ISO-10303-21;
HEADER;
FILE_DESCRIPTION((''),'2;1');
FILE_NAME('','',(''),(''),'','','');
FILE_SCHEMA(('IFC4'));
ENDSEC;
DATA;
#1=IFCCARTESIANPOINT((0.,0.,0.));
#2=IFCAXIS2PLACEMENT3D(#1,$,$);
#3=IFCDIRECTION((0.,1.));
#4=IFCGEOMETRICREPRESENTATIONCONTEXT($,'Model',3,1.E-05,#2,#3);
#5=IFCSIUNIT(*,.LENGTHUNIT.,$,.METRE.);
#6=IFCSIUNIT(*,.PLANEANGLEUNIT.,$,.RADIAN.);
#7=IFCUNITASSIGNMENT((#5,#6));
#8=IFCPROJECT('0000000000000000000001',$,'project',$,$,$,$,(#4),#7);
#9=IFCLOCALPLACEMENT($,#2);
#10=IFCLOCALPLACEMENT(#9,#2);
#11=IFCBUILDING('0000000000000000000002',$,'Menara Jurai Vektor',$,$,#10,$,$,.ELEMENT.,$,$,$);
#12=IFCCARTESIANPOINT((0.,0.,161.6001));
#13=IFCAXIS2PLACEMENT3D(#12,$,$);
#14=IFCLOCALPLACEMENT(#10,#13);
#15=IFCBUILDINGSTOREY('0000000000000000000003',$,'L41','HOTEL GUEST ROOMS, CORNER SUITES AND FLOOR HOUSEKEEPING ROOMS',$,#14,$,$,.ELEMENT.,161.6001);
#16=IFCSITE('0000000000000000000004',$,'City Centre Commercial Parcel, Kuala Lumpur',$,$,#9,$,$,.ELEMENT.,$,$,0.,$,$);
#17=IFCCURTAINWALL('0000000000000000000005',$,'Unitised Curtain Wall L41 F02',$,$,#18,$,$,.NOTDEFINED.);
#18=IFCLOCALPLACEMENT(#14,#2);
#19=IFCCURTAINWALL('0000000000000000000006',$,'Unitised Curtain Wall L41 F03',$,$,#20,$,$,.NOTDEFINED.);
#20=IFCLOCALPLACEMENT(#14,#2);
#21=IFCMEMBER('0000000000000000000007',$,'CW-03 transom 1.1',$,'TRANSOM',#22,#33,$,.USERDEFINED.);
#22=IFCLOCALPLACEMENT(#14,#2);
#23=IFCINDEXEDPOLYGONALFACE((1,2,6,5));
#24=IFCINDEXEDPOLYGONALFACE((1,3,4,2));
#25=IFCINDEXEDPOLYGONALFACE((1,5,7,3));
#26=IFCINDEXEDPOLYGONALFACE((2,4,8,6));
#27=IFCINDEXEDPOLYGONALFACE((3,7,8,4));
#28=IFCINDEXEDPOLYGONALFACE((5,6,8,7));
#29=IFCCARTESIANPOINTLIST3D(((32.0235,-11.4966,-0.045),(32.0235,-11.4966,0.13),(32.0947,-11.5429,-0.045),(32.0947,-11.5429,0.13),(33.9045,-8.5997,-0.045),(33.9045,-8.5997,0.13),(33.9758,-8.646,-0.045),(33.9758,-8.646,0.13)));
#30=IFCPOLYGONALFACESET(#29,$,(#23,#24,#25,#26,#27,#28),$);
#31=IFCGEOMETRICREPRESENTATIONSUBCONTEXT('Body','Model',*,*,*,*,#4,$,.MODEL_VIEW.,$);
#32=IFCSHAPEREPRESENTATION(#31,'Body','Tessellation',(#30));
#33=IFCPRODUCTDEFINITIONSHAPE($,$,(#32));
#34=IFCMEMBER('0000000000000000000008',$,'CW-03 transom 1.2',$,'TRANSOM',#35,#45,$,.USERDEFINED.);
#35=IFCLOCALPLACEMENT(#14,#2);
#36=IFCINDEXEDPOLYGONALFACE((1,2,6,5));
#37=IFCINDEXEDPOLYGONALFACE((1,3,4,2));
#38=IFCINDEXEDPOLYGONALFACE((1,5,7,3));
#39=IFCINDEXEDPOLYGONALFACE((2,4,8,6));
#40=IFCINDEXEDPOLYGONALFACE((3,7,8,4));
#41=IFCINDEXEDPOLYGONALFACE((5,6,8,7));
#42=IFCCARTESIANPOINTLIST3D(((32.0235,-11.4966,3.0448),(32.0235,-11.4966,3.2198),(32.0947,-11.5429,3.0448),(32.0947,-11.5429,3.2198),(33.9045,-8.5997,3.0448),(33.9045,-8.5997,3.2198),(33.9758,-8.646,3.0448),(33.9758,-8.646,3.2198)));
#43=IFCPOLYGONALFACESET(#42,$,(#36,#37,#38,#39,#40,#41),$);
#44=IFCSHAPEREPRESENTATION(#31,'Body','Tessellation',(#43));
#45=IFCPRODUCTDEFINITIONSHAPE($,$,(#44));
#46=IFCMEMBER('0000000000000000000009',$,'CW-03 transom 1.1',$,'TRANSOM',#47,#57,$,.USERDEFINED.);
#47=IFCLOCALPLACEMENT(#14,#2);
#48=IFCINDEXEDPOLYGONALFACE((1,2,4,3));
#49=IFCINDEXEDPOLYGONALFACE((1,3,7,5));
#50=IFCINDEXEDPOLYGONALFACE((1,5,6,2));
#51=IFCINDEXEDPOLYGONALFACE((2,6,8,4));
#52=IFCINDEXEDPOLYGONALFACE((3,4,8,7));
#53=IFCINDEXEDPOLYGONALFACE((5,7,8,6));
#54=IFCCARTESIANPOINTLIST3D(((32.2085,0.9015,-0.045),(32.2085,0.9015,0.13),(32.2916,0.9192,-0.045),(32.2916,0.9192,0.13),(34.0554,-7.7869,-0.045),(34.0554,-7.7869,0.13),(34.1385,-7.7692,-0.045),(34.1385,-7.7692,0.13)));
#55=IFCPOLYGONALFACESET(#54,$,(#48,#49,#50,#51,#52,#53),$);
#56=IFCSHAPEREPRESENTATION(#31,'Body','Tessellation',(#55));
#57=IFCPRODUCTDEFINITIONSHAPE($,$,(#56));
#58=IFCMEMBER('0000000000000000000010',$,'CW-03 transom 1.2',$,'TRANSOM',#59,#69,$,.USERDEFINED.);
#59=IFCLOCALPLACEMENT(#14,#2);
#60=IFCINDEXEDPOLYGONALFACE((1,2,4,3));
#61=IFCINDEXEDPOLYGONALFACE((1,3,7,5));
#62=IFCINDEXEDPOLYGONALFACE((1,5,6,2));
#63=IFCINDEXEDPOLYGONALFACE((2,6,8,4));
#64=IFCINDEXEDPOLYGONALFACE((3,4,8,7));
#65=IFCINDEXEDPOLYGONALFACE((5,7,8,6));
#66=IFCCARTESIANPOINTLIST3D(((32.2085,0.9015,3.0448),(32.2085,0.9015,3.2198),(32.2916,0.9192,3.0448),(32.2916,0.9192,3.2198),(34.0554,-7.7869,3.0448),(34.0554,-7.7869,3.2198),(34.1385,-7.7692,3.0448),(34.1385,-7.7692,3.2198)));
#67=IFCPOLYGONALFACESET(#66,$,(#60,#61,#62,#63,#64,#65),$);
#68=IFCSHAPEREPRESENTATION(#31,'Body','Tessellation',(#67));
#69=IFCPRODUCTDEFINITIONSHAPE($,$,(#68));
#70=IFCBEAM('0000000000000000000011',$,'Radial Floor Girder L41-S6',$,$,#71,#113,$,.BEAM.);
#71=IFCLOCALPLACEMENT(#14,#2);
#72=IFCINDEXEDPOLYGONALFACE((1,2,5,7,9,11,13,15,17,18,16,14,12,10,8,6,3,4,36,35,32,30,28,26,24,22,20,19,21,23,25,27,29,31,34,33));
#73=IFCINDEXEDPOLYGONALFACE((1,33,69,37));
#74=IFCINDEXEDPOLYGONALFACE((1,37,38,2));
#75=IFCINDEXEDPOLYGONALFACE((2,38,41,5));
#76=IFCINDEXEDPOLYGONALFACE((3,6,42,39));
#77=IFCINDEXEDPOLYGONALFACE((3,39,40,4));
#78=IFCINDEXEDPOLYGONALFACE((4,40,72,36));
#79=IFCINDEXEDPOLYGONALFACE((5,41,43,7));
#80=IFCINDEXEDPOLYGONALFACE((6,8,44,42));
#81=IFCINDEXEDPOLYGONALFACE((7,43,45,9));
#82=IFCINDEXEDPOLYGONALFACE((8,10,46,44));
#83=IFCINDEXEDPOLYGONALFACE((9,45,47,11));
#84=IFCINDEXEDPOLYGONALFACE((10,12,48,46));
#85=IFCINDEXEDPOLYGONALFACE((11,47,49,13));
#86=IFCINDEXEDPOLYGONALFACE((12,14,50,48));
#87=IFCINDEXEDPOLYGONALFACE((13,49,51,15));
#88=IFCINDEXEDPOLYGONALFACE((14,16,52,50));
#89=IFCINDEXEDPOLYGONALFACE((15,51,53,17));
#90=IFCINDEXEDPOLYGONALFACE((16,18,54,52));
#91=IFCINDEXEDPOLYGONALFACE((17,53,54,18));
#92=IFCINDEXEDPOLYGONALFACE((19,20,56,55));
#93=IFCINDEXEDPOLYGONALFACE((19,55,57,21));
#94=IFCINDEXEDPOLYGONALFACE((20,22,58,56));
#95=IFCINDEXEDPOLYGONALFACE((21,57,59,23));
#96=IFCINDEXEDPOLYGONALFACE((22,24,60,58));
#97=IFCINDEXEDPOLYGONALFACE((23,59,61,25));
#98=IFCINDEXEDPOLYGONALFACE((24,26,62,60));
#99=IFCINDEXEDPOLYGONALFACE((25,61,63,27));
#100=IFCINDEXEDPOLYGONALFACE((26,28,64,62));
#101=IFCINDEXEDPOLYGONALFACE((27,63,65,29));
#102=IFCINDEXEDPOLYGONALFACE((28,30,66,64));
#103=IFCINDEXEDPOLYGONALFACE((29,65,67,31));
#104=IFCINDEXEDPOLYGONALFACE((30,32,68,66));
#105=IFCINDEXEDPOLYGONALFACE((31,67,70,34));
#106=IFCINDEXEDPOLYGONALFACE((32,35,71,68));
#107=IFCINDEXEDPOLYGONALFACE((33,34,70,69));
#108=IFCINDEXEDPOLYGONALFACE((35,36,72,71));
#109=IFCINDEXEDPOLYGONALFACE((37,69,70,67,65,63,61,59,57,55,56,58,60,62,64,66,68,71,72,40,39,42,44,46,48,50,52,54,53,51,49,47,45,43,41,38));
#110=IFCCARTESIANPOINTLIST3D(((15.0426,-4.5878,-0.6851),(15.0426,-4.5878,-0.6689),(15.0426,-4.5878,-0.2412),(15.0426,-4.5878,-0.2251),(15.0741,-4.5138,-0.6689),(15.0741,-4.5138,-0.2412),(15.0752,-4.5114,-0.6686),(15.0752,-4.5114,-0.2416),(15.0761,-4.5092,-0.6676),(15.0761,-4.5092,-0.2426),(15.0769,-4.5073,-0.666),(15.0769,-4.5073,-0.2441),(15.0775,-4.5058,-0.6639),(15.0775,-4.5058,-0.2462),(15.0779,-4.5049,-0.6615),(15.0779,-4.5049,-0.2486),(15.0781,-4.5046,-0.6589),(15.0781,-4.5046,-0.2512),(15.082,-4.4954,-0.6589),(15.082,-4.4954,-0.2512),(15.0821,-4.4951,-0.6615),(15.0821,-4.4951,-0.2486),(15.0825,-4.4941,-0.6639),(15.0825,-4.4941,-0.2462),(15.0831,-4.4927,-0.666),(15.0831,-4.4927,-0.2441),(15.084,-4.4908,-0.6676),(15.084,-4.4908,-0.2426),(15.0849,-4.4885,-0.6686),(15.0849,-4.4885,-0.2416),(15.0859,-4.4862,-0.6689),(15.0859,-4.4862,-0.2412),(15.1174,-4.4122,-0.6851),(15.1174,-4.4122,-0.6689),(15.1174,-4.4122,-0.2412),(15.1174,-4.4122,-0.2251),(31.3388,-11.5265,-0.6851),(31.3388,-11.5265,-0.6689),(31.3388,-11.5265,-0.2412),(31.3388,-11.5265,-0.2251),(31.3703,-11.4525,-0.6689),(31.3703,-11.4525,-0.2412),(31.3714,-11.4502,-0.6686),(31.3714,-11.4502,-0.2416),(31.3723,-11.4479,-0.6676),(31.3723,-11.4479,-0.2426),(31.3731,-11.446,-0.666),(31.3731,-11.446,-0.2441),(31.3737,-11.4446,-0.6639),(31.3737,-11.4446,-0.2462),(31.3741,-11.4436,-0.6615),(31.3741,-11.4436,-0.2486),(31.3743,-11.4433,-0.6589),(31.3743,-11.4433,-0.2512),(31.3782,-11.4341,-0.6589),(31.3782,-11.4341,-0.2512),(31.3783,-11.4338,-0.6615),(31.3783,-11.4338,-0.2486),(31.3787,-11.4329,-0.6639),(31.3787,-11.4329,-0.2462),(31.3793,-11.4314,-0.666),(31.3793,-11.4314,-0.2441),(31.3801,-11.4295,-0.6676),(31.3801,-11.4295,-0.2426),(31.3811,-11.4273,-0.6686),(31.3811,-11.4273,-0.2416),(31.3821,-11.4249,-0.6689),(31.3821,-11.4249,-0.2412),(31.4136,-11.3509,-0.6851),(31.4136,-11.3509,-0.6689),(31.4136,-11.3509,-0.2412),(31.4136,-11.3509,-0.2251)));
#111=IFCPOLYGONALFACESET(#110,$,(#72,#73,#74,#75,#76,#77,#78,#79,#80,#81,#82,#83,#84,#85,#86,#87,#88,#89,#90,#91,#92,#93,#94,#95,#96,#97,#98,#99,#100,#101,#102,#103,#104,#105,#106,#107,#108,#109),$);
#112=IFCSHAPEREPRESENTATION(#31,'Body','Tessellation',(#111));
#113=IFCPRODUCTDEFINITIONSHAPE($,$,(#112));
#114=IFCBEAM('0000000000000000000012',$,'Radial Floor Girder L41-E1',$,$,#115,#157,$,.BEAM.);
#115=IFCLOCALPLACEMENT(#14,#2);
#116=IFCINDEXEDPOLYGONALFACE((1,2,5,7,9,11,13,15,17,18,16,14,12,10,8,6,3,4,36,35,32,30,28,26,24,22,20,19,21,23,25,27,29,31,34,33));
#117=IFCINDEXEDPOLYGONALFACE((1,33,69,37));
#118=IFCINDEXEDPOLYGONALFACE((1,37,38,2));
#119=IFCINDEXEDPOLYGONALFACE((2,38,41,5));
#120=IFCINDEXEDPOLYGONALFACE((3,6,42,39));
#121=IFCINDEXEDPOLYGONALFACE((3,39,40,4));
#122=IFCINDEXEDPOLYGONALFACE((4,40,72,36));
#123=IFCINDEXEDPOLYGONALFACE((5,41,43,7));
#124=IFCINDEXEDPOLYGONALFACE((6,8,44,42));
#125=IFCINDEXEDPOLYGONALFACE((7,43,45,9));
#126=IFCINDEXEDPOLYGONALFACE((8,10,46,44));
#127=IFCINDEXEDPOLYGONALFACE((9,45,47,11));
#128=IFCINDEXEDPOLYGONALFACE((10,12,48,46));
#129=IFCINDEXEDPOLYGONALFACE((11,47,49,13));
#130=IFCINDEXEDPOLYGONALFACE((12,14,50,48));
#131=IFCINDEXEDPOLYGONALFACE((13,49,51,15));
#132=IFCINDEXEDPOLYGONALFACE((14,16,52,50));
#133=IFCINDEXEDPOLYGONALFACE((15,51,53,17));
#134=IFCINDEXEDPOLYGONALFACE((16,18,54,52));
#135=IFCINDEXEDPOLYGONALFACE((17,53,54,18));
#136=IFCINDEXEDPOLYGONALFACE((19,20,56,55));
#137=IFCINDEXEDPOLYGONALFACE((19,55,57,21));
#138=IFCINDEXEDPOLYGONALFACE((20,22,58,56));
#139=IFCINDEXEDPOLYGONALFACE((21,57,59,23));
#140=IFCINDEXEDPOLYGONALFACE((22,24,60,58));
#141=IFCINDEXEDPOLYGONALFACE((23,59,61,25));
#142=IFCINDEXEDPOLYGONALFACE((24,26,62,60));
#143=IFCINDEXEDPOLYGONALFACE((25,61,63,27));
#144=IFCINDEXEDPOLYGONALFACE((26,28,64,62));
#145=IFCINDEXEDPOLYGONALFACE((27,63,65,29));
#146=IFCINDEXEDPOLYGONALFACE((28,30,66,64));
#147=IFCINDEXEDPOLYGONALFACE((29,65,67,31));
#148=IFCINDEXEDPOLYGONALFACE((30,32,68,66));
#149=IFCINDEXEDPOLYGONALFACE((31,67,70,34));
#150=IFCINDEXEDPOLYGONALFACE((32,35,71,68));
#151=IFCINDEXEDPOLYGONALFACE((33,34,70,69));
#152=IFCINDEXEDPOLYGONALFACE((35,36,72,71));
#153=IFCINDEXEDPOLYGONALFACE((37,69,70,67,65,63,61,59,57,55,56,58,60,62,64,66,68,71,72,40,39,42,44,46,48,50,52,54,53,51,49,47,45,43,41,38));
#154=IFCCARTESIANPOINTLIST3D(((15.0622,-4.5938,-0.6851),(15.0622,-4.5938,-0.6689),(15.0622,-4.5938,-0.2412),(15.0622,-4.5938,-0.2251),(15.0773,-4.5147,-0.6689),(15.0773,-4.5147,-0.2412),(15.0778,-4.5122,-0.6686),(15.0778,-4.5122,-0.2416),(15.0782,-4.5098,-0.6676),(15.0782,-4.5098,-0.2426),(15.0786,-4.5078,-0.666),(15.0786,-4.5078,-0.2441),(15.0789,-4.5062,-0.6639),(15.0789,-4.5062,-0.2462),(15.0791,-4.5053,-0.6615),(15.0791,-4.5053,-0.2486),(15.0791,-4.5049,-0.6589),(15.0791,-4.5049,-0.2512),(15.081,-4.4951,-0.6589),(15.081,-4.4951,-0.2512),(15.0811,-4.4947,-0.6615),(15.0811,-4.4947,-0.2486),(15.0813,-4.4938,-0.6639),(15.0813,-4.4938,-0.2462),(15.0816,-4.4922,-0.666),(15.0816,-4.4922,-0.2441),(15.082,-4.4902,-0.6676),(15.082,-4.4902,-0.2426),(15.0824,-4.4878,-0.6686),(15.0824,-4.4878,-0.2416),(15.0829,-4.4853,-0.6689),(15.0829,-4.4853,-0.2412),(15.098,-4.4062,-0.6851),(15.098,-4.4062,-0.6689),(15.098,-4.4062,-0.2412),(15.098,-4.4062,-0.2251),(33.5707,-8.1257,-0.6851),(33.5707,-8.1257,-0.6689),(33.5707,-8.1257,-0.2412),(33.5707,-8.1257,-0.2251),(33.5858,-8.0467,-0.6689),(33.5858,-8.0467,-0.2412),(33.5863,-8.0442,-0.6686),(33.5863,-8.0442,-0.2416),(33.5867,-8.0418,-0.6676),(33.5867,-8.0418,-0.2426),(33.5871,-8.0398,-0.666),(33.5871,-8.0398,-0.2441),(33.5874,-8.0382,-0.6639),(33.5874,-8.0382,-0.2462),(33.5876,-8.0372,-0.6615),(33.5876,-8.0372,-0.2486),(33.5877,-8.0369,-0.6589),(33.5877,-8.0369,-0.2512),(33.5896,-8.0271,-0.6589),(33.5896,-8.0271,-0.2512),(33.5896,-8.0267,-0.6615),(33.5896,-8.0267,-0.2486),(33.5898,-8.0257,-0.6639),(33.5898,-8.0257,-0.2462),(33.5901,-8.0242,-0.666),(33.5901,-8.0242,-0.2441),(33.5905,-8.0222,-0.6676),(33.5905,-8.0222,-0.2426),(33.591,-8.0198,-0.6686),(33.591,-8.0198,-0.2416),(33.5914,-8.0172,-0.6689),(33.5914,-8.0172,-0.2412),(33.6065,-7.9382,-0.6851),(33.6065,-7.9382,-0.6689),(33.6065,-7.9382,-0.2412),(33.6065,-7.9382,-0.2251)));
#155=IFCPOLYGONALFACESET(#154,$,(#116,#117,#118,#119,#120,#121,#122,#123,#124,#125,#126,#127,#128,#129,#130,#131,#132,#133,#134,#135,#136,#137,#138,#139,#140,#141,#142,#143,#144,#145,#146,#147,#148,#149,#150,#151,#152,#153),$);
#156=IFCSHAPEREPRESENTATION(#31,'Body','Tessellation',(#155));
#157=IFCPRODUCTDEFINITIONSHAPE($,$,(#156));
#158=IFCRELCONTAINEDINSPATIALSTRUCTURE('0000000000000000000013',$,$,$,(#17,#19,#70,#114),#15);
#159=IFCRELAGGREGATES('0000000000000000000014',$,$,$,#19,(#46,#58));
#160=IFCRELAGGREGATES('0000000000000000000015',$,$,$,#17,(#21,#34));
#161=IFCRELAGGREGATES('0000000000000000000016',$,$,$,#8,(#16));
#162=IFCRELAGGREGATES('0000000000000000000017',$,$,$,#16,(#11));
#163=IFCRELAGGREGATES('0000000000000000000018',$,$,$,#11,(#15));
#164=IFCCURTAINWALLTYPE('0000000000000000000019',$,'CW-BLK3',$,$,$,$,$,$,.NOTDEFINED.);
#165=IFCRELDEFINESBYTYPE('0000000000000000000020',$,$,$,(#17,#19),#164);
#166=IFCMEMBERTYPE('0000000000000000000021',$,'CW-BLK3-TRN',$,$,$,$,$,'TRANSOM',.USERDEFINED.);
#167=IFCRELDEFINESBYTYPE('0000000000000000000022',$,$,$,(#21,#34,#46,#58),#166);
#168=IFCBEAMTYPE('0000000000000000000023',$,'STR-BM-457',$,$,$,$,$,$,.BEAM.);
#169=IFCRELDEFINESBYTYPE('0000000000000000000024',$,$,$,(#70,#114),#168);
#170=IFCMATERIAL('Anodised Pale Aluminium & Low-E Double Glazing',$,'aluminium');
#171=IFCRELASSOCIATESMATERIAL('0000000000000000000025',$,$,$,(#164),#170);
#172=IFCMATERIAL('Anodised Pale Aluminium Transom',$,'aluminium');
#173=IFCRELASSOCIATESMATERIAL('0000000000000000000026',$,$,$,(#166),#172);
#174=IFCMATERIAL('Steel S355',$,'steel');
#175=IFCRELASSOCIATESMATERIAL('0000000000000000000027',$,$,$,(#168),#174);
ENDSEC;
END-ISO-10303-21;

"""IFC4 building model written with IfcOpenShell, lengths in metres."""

from ifc_helpers import new_model, si_unit, direction, frame, origin, origin_2d, place, context, subcontext, project, spatial, rectangle, i_section, extrude, material, material_profile, profile_set, type_object, element, aggregate, save


model = new_model("IFC4")

# Units and contexts
model_context = context("Model", 3, precision=1e-05, world=origin(), true_north=direction((0.0, 1.0)))
body_context = subcontext(model_context, "Body", "Model", "MODEL_VIEW")
ifc_project = project(units=[si_unit("LENGTHUNIT", "METRE"), si_unit("PLANEANGLEUNIT", "RADIAN")], contexts=[model_context])

# Site, building, storey
site_placement = place(None, origin())
site = spatial("IfcSite", under=ifc_project, at=site_placement, Name="City Centre Commercial Parcel, Kuala Lumpur", CompositionType="ELEMENT", RefElevation=0.0)
building_placement = place(site_placement, origin())
building = spatial("IfcBuilding", under=site, at=building_placement, Name="Menara Jurai Vektor", CompositionType="ELEMENT")
storey_placement = place(building_placement, frame((0.0, 0.0, 161.6001)))
storey = spatial("IfcBuildingStorey", under=building, at=storey_placement, Name="L41", Description="HOTEL GUEST ROOMS, CORNER SUITES AND FLOOR HOUSEKEEPING ROOMS", CompositionType="ELEMENT", Elevation=161.6001)

# Shared definitions
ifc_material_1 = material(Name="Anodised Pale Aluminium & Low-E Double Glazing", Category="aluminium")
curtain_wall_type = type_object("IfcCurtainWallType", Name="CW-BLK3", PredefinedType="NOTDEFINED", material=ifc_material_1)

# Curtain walls
curtain_wall_1_placement = place(storey_placement, origin())
curtain_wall_1 = element("IfcCurtainWall", 1, at=curtain_wall_1_placement, inside=storey, type_object=curtain_wall_type, Name="Unitised Curtain Wall L41 F02", PredefinedType="NOTDEFINED")
curtain_wall_2_placement = place(storey_placement, origin())
curtain_wall_2 = element("IfcCurtainWall", 2, at=curtain_wall_2_placement, inside=storey, type_object=curtain_wall_type, Name="Unitised Curtain Wall L41 F03", PredefinedType="NOTDEFINED")

# Members
ifc_material_2 = material(Name="Anodised Pale Aluminium Transom", Category="aluminium")
ifc_material_profile_1 = material_profile(ifc_material_2, rectangle(XDim=0.085, YDim=0.175, at=origin_2d()), Name="ALU TRN 85x175")
ifc_profile_set_1 = profile_set([ifc_material_profile_1], Name="Anodised Pale Aluminium Transom")
member_type_1 = type_object("IfcMemberType", Name="CW-BLK3-TRN", ElementType="TRANSOM", PredefinedType="USERDEFINED", material=ifc_profile_set_1)
member_1_placement = place(storey_placement, frame((32.0591, -11.5198, 0.0425), z_axis=(0.544596, 0.838699, 0.0), x_axis=(-0.838699, 0.544596, 0.0)))
member_1 = element("IfcMember", 3, at=member_1_placement, type_object=member_type_1, Name="CW-03 transom 1.1", ObjectType="TRANSOM", PredefinedType="USERDEFINED", context=body_context, shape_type="SweptSolid", body=[
    extrude(rectangle(XDim=0.085, YDim=0.175, at=origin_2d()), origin(), (0.0, 0.0, 1.0), 3.4541),
])
member_2_placement = place(storey_placement, frame((32.0591, -11.5198, 3.1323), z_axis=(0.544596, 0.838699, 0.0), x_axis=(-0.838699, 0.544596, 0.0)))
member_2 = element("IfcMember", 4, at=member_2_placement, type_object=member_type_1, Name="CW-03 transom 1.2", ObjectType="TRANSOM", PredefinedType="USERDEFINED", context=body_context, shape_type="SweptSolid", body=[
    extrude(rectangle(XDim=0.085, YDim=0.175, at=origin_2d()), origin(), (0.0, 0.0, 1.0), 3.4541),
])
member_3_placement = place(storey_placement, frame((34.0969, -7.7781, 0.0425), z_axis=(-0.207926, 0.978145, 0.0), x_axis=(-0.978145, -0.207926, 0.0)))
member_3 = element("IfcMember", 5, at=member_3_placement, type_object=member_type_1, Name="CW-03 transom 1.1", ObjectType="TRANSOM", PredefinedType="USERDEFINED", context=body_context, shape_type="SweptSolid", body=[
    extrude(rectangle(XDim=0.085, YDim=0.175, at=origin_2d()), origin(), (0.0, 0.0, 1.0), 8.8826),
])
member_4_placement = place(storey_placement, frame((34.0969, -7.7781, 3.1323), z_axis=(-0.207926, 0.978145, 0.0), x_axis=(-0.978145, -0.207926, 0.0)))
member_4 = element("IfcMember", 6, at=member_4_placement, type_object=member_type_1, Name="CW-03 transom 1.2", ObjectType="TRANSOM", PredefinedType="USERDEFINED", context=body_context, shape_type="SweptSolid", body=[
    extrude(rectangle(XDim=0.085, YDim=0.175, at=origin_2d()), origin(), (0.0, 0.0, 1.0), 8.8826),
])

# Beams
ifc_material_3 = material(Name="Steel S355", Category="steel")
ifc_material_profile_2 = material_profile(ifc_material_3, i_section(OverallWidth=0.1909, OverallDepth=0.46, WebThickness=0.01, FlangeThickness=0.0161, FilletRadius=0.01, at=origin_2d()), Name="UKB 457x191x82")
ifc_profile_set_2 = profile_set([ifc_material_profile_2], Name="Steel S355")
beam_type_1 = type_object("IfcBeamType", Name="STR-BM-457", PredefinedType="BEAM", material=ifc_profile_set_2)
beam_1_placement = place(storey_placement, frame((31.3762, -11.4387, -0.4551), z_axis=(-0.920069, 0.391756, 0.0), x_axis=(-0.391756, -0.920069, 0.0)))
element("IfcBeam", 7, at=beam_1_placement, inside=storey, type_object=beam_type_1, Name="Radial Floor Girder L41-S6", PredefinedType="BEAM", context=body_context, shape_type="SweptSolid", body=[
    extrude(i_section(OverallWidth=0.1909, OverallDepth=0.46, WebThickness=0.01, FlangeThickness=0.0161, FilletRadius=0.01, at=origin_2d()), origin(), (0.0, 0.0, 1.0), 17.7119),
])
beam_2_placement = place(storey_placement, frame((33.5886, -8.032, -0.4551), z_axis=(-0.982275, 0.187447, 0.0), x_axis=(-0.187447, -0.982275, 0.0)))
element("IfcBeam", 8, at=beam_2_placement, inside=storey, type_object=beam_type_1, Name="Radial Floor Girder L41-E1", PredefinedType="BEAM", context=body_context, shape_type="SweptSolid", body=[
    extrude(i_section(OverallWidth=0.1909, OverallDepth=0.46, WebThickness=0.01, FlangeThickness=0.0161, FilletRadius=0.01, at=origin_2d()), origin(), (0.0, 0.0, 1.0), 18.8425),
])

aggregate(curtain_wall_2, [member_3, member_4])
aggregate(curtain_wall_1, [member_1, member_2])

save(model, "model.ifc")
